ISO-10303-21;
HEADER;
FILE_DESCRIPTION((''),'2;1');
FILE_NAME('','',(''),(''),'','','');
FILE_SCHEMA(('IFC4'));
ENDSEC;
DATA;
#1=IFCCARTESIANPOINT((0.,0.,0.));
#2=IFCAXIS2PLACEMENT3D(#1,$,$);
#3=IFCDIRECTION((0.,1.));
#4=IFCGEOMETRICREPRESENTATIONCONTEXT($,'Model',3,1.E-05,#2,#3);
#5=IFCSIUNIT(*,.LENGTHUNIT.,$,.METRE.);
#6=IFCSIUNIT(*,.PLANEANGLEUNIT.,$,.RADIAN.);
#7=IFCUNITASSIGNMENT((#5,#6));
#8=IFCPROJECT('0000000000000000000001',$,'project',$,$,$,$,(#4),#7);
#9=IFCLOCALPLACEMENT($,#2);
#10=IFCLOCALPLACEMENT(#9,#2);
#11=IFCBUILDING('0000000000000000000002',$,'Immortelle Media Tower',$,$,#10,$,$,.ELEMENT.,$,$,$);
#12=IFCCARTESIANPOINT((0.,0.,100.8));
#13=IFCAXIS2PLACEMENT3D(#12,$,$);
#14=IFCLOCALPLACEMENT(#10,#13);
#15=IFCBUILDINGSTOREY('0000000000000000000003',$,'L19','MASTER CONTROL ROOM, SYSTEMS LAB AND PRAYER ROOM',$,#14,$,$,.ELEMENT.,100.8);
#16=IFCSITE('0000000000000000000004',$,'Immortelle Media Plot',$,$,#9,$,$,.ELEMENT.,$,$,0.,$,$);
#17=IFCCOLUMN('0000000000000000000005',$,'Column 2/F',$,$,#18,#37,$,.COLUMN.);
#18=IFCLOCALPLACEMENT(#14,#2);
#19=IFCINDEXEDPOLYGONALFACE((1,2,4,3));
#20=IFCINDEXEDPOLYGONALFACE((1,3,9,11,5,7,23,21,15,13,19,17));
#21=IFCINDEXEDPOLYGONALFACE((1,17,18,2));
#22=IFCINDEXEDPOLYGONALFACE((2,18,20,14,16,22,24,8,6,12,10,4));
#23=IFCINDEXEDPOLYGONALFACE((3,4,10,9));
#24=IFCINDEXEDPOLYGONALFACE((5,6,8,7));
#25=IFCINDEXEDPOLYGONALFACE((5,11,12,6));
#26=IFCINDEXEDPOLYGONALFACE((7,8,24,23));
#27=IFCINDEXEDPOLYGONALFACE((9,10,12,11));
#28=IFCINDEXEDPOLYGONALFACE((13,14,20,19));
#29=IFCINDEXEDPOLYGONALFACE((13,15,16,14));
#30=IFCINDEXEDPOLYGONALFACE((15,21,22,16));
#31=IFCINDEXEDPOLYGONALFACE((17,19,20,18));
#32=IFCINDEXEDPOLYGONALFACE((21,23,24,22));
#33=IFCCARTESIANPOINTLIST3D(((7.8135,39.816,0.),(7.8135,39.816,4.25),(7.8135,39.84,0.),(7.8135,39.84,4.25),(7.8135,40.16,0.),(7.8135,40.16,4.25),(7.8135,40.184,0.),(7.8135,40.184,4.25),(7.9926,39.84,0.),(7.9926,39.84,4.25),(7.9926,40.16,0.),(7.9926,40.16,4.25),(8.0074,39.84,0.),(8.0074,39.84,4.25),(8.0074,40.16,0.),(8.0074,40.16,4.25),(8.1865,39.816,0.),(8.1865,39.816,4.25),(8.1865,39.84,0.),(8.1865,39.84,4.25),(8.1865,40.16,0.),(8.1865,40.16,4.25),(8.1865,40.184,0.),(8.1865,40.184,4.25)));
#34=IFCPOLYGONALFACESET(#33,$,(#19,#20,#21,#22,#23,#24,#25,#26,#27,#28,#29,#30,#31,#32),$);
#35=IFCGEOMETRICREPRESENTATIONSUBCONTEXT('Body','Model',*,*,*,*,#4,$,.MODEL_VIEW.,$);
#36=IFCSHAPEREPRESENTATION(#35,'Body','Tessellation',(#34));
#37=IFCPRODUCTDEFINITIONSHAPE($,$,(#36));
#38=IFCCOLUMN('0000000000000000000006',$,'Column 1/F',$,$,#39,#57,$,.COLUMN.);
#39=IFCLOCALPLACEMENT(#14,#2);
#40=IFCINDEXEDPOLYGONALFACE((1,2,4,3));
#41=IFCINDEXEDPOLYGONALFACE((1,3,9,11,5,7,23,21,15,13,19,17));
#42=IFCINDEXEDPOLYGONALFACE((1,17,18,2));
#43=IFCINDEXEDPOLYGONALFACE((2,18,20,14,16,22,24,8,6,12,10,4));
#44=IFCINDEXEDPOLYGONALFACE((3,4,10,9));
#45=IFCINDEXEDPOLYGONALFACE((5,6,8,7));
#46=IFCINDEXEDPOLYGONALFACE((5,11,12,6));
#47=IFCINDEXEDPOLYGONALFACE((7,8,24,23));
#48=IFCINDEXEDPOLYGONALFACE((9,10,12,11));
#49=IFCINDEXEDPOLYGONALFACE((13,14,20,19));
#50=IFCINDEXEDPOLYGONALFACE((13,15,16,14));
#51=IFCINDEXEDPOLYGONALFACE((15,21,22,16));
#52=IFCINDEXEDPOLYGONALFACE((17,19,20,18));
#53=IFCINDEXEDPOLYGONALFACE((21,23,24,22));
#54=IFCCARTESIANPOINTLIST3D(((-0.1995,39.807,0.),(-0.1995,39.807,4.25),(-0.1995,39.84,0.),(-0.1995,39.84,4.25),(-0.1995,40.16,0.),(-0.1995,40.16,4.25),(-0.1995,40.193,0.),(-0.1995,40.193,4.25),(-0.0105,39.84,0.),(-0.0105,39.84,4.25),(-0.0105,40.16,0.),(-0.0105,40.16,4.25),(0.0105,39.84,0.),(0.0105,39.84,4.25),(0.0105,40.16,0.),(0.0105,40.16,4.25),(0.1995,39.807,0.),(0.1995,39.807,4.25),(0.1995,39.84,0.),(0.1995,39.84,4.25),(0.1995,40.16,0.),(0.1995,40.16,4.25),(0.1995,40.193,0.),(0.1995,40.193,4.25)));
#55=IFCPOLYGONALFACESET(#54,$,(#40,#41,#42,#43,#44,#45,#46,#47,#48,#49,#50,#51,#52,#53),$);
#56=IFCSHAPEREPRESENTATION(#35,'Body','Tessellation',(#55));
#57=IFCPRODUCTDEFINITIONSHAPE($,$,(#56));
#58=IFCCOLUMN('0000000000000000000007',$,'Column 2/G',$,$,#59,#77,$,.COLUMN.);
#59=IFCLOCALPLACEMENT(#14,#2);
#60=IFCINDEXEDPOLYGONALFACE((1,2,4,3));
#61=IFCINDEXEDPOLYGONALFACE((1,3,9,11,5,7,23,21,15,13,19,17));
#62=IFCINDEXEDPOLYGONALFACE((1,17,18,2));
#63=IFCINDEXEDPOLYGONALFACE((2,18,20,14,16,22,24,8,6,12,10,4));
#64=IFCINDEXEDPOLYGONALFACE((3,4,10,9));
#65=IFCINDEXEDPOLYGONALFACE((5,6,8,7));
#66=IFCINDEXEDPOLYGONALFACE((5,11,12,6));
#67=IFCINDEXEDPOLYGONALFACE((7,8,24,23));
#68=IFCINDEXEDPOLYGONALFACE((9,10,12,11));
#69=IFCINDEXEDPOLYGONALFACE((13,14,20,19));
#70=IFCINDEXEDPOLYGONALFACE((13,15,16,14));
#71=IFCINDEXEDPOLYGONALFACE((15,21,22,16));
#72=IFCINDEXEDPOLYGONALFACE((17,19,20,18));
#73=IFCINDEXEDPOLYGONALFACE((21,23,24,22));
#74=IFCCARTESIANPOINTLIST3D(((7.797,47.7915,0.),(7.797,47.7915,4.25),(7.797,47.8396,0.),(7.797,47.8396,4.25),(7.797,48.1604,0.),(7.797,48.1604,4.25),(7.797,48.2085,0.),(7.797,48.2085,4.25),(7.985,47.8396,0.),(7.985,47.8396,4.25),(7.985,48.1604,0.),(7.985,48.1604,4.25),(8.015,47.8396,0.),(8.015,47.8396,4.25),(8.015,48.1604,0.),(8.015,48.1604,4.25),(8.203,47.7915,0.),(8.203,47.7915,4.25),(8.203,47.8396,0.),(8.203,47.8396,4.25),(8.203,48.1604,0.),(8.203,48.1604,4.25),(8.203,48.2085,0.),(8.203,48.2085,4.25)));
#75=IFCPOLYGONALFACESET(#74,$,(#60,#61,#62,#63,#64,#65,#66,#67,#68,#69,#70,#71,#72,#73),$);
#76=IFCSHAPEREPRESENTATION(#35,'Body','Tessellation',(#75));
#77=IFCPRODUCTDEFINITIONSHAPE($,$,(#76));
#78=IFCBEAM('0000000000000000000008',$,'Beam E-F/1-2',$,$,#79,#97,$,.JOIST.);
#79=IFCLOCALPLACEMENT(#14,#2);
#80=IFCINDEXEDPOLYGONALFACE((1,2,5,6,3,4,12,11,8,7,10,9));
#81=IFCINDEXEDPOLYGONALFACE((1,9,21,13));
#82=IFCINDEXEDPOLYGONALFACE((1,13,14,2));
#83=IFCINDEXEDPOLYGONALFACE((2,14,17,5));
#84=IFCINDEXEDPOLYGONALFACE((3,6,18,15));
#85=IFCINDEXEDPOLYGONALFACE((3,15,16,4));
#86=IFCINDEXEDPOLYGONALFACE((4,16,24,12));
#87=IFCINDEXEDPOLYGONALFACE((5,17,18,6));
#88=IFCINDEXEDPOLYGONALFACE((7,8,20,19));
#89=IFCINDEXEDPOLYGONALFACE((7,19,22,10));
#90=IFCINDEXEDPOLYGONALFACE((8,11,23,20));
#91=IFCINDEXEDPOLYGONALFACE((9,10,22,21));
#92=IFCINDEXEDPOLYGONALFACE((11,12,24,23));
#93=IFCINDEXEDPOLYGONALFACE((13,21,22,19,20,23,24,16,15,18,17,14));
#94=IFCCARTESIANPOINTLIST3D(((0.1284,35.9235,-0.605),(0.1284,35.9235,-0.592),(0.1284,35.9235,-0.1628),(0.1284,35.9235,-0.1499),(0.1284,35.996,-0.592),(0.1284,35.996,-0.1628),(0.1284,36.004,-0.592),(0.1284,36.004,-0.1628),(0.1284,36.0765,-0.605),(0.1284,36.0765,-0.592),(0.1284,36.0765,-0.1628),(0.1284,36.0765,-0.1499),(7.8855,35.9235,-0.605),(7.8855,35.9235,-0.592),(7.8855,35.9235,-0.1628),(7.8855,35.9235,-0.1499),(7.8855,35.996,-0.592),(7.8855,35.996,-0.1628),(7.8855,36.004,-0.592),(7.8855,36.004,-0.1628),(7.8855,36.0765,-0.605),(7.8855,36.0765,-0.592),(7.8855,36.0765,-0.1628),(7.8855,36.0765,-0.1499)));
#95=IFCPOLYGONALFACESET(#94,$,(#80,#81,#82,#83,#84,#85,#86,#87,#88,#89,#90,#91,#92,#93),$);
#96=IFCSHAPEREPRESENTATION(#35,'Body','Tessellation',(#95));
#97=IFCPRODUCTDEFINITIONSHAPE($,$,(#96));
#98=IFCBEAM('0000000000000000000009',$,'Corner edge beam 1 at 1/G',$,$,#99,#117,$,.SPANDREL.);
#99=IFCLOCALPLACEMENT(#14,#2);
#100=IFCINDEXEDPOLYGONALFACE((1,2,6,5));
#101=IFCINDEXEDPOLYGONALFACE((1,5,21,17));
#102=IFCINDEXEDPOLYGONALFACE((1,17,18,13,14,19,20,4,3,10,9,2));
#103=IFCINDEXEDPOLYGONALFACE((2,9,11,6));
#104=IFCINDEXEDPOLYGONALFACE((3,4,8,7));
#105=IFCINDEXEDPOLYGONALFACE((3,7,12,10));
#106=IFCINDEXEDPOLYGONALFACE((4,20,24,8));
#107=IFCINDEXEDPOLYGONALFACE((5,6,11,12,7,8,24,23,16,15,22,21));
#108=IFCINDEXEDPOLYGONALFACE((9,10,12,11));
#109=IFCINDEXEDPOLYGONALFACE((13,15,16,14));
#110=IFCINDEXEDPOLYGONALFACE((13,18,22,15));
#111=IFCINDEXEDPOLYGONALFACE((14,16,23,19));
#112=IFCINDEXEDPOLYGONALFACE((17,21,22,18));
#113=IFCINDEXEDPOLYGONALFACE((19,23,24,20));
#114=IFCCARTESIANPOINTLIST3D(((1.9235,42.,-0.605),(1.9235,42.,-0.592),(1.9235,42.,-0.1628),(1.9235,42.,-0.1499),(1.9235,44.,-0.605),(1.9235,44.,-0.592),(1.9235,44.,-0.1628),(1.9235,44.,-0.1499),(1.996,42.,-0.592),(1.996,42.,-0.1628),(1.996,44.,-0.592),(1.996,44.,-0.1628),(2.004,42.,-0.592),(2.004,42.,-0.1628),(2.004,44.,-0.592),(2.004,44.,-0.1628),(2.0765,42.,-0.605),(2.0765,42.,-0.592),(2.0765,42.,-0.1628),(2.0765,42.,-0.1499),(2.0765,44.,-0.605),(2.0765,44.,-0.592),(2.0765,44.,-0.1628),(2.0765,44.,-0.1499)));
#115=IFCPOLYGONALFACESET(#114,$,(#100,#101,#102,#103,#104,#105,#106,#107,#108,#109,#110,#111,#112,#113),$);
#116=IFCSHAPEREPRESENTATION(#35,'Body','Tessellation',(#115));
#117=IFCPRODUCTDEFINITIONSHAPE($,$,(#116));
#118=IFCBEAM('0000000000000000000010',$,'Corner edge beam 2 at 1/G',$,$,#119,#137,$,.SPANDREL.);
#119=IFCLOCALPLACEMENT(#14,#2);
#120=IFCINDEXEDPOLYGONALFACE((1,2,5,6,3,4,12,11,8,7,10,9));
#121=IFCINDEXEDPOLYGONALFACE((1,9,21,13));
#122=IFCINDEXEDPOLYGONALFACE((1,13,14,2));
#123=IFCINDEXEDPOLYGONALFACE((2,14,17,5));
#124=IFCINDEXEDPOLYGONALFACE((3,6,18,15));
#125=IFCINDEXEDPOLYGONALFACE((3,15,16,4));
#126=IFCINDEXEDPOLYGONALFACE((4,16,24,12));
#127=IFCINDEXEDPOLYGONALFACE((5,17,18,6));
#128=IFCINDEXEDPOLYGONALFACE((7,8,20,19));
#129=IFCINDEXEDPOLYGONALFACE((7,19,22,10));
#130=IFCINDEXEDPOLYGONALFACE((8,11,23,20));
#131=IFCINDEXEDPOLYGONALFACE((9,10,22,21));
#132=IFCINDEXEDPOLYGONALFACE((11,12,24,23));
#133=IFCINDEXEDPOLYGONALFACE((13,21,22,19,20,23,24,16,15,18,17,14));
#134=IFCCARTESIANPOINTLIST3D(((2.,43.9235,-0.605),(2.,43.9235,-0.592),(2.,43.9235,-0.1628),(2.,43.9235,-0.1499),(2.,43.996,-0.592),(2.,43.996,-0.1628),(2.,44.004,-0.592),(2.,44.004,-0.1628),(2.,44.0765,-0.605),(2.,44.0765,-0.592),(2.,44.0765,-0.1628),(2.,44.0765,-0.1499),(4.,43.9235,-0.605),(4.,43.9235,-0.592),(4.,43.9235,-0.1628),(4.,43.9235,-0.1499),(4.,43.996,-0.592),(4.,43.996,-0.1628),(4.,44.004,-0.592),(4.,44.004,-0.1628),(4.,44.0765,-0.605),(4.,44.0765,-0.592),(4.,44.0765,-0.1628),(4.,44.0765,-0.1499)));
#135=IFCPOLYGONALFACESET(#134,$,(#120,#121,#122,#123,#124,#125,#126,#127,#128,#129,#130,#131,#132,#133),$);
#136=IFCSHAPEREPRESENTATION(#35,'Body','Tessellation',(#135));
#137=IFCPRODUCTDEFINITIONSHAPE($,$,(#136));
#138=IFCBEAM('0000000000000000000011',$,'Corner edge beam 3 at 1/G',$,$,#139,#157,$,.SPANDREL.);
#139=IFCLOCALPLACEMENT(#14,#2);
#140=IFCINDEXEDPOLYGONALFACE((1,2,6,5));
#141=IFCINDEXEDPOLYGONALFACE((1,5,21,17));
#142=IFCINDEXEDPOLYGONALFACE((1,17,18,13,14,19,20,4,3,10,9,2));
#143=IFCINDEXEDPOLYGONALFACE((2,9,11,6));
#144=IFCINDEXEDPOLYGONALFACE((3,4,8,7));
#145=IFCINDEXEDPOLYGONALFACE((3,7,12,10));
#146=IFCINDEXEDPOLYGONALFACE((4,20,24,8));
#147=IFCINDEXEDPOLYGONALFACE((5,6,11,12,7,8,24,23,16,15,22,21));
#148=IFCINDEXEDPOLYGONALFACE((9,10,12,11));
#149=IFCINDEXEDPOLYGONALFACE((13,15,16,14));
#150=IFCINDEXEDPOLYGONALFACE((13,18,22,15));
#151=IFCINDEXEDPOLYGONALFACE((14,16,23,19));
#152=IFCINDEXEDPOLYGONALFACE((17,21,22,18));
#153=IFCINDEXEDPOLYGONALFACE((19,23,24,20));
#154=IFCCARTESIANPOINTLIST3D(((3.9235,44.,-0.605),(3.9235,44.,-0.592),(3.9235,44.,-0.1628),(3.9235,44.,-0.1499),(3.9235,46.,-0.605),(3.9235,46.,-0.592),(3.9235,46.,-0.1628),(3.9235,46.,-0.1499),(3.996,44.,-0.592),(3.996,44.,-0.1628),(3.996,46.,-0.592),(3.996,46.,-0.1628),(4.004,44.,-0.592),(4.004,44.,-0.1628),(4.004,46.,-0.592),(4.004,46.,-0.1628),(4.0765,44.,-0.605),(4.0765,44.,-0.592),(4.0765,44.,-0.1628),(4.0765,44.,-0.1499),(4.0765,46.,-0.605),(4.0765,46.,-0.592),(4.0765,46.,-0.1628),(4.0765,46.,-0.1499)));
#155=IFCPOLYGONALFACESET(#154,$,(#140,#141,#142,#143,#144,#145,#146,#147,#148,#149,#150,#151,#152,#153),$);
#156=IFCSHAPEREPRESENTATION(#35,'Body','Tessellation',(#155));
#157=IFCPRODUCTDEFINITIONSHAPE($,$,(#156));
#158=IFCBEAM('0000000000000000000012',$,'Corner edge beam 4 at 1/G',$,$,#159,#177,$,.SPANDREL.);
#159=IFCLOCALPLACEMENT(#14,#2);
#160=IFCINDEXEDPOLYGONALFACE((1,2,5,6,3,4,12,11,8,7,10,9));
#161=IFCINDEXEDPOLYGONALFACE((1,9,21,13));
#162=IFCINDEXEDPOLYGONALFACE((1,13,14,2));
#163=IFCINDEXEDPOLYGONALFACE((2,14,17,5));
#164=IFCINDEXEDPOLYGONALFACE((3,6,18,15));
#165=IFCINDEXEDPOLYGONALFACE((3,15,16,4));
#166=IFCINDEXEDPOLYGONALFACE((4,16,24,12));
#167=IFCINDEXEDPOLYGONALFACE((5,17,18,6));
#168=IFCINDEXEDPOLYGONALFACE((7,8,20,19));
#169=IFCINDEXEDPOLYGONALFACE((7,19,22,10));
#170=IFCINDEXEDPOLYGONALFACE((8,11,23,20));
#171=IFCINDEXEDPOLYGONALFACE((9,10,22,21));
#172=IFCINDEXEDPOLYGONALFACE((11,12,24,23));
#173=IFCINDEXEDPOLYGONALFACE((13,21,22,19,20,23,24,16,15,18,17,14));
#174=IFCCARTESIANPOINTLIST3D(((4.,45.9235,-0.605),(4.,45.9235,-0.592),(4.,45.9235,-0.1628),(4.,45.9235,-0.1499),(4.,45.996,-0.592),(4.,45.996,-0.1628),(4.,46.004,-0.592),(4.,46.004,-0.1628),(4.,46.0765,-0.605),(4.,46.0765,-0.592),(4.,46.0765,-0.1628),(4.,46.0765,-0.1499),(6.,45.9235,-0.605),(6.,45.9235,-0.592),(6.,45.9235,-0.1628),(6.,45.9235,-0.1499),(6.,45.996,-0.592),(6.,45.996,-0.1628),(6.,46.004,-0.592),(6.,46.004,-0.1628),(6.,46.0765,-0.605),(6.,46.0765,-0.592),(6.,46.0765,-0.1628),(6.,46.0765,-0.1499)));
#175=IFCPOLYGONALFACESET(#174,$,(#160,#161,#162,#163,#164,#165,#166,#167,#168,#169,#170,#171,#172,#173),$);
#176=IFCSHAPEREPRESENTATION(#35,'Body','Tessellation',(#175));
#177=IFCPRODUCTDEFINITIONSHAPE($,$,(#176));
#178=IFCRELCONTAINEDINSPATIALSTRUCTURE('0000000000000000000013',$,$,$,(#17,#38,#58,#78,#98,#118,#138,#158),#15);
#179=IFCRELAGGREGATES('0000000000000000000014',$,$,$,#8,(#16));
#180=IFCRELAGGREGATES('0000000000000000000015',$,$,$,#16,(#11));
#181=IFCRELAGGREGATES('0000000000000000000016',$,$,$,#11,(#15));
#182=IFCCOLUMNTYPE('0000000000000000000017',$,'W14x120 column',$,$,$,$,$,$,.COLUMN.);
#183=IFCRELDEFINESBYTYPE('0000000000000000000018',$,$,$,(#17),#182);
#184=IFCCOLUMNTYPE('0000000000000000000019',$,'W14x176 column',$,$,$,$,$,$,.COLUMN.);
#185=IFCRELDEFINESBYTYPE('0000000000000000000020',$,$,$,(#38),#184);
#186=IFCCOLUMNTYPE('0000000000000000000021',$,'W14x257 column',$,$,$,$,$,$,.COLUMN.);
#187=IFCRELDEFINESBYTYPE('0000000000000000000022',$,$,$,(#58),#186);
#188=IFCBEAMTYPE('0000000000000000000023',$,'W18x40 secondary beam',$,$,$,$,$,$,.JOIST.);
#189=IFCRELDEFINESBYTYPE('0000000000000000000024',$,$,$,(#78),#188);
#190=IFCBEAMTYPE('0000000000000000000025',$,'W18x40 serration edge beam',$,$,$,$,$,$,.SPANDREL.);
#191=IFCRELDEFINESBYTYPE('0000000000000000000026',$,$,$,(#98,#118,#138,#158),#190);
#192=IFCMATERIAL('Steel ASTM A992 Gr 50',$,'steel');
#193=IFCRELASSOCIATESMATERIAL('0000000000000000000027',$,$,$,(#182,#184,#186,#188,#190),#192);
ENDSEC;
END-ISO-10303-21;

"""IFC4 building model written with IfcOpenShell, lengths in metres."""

from ifc_helpers import new_model, si_unit, direction, frame, origin, origin_2d, place, context, subcontext, project, spatial, i_section, extrude, material, material_profile, profile_set, type_object, element, save


model = new_model("IFC4")

# Units and contexts
model_context = context("Model", 3, precision=1e-05, world=origin(), true_north=direction((0.0, 1.0)))
body_context = subcontext(model_context, "Body", "Model", "MODEL_VIEW")
ifc_project = project(units=[si_unit("LENGTHUNIT", "METRE"), si_unit("PLANEANGLEUNIT", "RADIAN")], contexts=[model_context])

# Site, building, storey
site_placement = place(None, origin())
site = spatial("IfcSite", under=ifc_project, at=site_placement, Name="Immortelle Media Plot", CompositionType="ELEMENT", RefElevation=0.0)
building_placement = place(site_placement, origin())
building = spatial("IfcBuilding", under=site, at=building_placement, Name="Immortelle Media Tower", CompositionType="ELEMENT")
storey_placement = place(building_placement, frame((0.0, 0.0, 100.8)))
storey = spatial("IfcBuildingStorey", under=building, at=storey_placement, Name="L19", Description="MASTER CONTROL ROOM, SYSTEMS LAB AND PRAYER ROOM", CompositionType="ELEMENT", Elevation=100.8)

# Columns
ifc_material_1 = material(Name="Steel ASTM A992 Gr 50", Category="steel")
ifc_material_profile_1 = material_profile(ifc_material_1, i_section(OverallWidth=0.373, OverallDepth=0.3679, WebThickness=0.0149, FlangeThickness=0.0239, at=origin_2d()), Name="W14x120")
ifc_profile_set_1 = profile_set([ifc_material_profile_1], Name="Steel ASTM A992 Gr 50")
column_type_1 = type_object("IfcColumnType", Name="W14x120 column", PredefinedType="COLUMN", material=ifc_profile_set_1)
column_1_placement = place(storey_placement, frame((8.0, 40.0, 0.0), z_axis=(0.0, 0.0, 1.0), x_axis=(1.0, 0.0, 0.0)))
element("IfcColumn", 1, at=column_1_placement, inside=storey, type_object=column_type_1, Name="Column 2/F", PredefinedType="COLUMN", context=body_context, shape_type="SweptSolid", body=[
    extrude(i_section(OverallWidth=0.373, OverallDepth=0.3679, WebThickness=0.0149, FlangeThickness=0.0239, at=origin_2d()), origin(), (0.0, 0.0, 1.0), 4.25),
])
ifc_material_profile_2 = material_profile(ifc_material_1, i_section(OverallWidth=0.3989, OverallDepth=0.386, WebThickness=0.021, FlangeThickness=0.033, at=origin_2d()), Name="W14x176")
ifc_profile_set_2 = profile_set([ifc_material_profile_2], Name="Steel ASTM A992 Gr 50")
column_type_2 = type_object("IfcColumnType", Name="W14x176 column", PredefinedType="COLUMN", material=ifc_profile_set_2)
column_2_placement = place(storey_placement, frame((0.0, 40.0, 0.0), z_axis=(0.0, 0.0, 1.0), x_axis=(1.0, 0.0, 0.0)))
element("IfcColumn", 2, at=column_2_placement, inside=storey, type_object=column_type_2, Name="Column 1/F", PredefinedType="COLUMN", context=body_context, shape_type="SweptSolid", body=[
    extrude(i_section(OverallWidth=0.3989, OverallDepth=0.386, WebThickness=0.021, FlangeThickness=0.033, at=origin_2d()), origin(), (0.0, 0.0, 1.0), 4.25),
])
ifc_material_profile_3 = material_profile(ifc_material_1, i_section(OverallWidth=0.406, OverallDepth=0.417, WebThickness=0.03, FlangeThickness=0.0481, at=origin_2d()), Name="W14x257")
ifc_profile_set_3 = profile_set([ifc_material_profile_3], Name="Steel ASTM A992 Gr 50")
column_type_3 = type_object("IfcColumnType", Name="W14x257 column", PredefinedType="COLUMN", material=ifc_profile_set_3)
column_3_placement = place(storey_placement, frame((8.0, 48.0, 0.0), z_axis=(0.0, 0.0, 1.0), x_axis=(1.0, 0.0, 0.0)))
element("IfcColumn", 3, at=column_3_placement, inside=storey, type_object=column_type_3, Name="Column 2/G", PredefinedType="COLUMN", context=body_context, shape_type="SweptSolid", body=[
    extrude(i_section(OverallWidth=0.406, OverallDepth=0.417, WebThickness=0.03, FlangeThickness=0.0481, at=origin_2d()), origin(), (0.0, 0.0, 1.0), 4.25),
])

# Beams
ifc_material_profile_4 = material_profile(ifc_material_1, i_section(OverallWidth=0.1531, OverallDepth=0.4551, WebThickness=0.0081, FlangeThickness=0.0129, at=origin_2d()), Name="W18x40")
ifc_profile_set_4 = profile_set([ifc_material_profile_4], Name="Steel ASTM A992 Gr 50")
beam_type_1 = type_object("IfcBeamType", Name="W18x40 secondary beam", PredefinedType="JOIST", material=ifc_profile_set_4)
beam_1_placement = place(storey_placement, frame((0.1284, 36.0, -0.3774), z_axis=(1.0, 0.0, 0.0), x_axis=(0.0, 1.0, 0.0)))
element("IfcBeam", 4, at=beam_1_placement, inside=storey, type_object=beam_type_1, Name="Beam E-F/1-2", PredefinedType="JOIST", context=body_context, shape_type="SweptSolid", body=[
    extrude(i_section(OverallWidth=0.1531, OverallDepth=0.4551, WebThickness=0.0081, FlangeThickness=0.0129, at=origin_2d()), origin(), (0.0, 0.0, 1.0), 7.7571),
])
ifc_material_profile_5 = material_profile(ifc_material_1, i_section(OverallWidth=0.1531, OverallDepth=0.4551, WebThickness=0.0081, FlangeThickness=0.0129, at=origin_2d()), Name="W18x40")
ifc_profile_set_5 = profile_set([ifc_material_profile_5], Name="Steel ASTM A992 Gr 50")
beam_type_2 = type_object("IfcBeamType", Name="W18x40 serration edge beam", PredefinedType="SPANDREL", material=ifc_profile_set_5)
for number, where, z_axis, x_axis, name in (
    (5, (2.0, 42.0, -0.3774), (0.0, 1.0, 0.0), (-1.0, 0.0, 0.0), "Corner edge beam 1 at 1/G"),
    (6, (2.0, 44.0, -0.3774), (1.0, 0.0, 0.0), (0.0, 1.0, 0.0), "Corner edge beam 2 at 1/G"),
    (7, (4.0, 44.0, -0.3774), (0.0, 1.0, 0.0), (-1.0, 0.0, 0.0), "Corner edge beam 3 at 1/G"),
    (8, (4.0, 46.0, -0.3774), (1.0, 0.0, 0.0), (0.0, 1.0, 0.0), "Corner edge beam 4 at 1/G"),
):
    element("IfcBeam", number, at=place(storey_placement, frame(where, z_axis=z_axis, x_axis=x_axis)), inside=storey, type_object=beam_type_2, Name=name, PredefinedType="SPANDREL", context=body_context, shape_type="SweptSolid", body=[
        extrude(i_section(OverallWidth=0.1531, OverallDepth=0.4551, WebThickness=0.0081, FlangeThickness=0.0129, at=origin_2d()), origin(), (0.0, 0.0, 1.0), 2.0),
    ])

save(model, "model.ifc")
